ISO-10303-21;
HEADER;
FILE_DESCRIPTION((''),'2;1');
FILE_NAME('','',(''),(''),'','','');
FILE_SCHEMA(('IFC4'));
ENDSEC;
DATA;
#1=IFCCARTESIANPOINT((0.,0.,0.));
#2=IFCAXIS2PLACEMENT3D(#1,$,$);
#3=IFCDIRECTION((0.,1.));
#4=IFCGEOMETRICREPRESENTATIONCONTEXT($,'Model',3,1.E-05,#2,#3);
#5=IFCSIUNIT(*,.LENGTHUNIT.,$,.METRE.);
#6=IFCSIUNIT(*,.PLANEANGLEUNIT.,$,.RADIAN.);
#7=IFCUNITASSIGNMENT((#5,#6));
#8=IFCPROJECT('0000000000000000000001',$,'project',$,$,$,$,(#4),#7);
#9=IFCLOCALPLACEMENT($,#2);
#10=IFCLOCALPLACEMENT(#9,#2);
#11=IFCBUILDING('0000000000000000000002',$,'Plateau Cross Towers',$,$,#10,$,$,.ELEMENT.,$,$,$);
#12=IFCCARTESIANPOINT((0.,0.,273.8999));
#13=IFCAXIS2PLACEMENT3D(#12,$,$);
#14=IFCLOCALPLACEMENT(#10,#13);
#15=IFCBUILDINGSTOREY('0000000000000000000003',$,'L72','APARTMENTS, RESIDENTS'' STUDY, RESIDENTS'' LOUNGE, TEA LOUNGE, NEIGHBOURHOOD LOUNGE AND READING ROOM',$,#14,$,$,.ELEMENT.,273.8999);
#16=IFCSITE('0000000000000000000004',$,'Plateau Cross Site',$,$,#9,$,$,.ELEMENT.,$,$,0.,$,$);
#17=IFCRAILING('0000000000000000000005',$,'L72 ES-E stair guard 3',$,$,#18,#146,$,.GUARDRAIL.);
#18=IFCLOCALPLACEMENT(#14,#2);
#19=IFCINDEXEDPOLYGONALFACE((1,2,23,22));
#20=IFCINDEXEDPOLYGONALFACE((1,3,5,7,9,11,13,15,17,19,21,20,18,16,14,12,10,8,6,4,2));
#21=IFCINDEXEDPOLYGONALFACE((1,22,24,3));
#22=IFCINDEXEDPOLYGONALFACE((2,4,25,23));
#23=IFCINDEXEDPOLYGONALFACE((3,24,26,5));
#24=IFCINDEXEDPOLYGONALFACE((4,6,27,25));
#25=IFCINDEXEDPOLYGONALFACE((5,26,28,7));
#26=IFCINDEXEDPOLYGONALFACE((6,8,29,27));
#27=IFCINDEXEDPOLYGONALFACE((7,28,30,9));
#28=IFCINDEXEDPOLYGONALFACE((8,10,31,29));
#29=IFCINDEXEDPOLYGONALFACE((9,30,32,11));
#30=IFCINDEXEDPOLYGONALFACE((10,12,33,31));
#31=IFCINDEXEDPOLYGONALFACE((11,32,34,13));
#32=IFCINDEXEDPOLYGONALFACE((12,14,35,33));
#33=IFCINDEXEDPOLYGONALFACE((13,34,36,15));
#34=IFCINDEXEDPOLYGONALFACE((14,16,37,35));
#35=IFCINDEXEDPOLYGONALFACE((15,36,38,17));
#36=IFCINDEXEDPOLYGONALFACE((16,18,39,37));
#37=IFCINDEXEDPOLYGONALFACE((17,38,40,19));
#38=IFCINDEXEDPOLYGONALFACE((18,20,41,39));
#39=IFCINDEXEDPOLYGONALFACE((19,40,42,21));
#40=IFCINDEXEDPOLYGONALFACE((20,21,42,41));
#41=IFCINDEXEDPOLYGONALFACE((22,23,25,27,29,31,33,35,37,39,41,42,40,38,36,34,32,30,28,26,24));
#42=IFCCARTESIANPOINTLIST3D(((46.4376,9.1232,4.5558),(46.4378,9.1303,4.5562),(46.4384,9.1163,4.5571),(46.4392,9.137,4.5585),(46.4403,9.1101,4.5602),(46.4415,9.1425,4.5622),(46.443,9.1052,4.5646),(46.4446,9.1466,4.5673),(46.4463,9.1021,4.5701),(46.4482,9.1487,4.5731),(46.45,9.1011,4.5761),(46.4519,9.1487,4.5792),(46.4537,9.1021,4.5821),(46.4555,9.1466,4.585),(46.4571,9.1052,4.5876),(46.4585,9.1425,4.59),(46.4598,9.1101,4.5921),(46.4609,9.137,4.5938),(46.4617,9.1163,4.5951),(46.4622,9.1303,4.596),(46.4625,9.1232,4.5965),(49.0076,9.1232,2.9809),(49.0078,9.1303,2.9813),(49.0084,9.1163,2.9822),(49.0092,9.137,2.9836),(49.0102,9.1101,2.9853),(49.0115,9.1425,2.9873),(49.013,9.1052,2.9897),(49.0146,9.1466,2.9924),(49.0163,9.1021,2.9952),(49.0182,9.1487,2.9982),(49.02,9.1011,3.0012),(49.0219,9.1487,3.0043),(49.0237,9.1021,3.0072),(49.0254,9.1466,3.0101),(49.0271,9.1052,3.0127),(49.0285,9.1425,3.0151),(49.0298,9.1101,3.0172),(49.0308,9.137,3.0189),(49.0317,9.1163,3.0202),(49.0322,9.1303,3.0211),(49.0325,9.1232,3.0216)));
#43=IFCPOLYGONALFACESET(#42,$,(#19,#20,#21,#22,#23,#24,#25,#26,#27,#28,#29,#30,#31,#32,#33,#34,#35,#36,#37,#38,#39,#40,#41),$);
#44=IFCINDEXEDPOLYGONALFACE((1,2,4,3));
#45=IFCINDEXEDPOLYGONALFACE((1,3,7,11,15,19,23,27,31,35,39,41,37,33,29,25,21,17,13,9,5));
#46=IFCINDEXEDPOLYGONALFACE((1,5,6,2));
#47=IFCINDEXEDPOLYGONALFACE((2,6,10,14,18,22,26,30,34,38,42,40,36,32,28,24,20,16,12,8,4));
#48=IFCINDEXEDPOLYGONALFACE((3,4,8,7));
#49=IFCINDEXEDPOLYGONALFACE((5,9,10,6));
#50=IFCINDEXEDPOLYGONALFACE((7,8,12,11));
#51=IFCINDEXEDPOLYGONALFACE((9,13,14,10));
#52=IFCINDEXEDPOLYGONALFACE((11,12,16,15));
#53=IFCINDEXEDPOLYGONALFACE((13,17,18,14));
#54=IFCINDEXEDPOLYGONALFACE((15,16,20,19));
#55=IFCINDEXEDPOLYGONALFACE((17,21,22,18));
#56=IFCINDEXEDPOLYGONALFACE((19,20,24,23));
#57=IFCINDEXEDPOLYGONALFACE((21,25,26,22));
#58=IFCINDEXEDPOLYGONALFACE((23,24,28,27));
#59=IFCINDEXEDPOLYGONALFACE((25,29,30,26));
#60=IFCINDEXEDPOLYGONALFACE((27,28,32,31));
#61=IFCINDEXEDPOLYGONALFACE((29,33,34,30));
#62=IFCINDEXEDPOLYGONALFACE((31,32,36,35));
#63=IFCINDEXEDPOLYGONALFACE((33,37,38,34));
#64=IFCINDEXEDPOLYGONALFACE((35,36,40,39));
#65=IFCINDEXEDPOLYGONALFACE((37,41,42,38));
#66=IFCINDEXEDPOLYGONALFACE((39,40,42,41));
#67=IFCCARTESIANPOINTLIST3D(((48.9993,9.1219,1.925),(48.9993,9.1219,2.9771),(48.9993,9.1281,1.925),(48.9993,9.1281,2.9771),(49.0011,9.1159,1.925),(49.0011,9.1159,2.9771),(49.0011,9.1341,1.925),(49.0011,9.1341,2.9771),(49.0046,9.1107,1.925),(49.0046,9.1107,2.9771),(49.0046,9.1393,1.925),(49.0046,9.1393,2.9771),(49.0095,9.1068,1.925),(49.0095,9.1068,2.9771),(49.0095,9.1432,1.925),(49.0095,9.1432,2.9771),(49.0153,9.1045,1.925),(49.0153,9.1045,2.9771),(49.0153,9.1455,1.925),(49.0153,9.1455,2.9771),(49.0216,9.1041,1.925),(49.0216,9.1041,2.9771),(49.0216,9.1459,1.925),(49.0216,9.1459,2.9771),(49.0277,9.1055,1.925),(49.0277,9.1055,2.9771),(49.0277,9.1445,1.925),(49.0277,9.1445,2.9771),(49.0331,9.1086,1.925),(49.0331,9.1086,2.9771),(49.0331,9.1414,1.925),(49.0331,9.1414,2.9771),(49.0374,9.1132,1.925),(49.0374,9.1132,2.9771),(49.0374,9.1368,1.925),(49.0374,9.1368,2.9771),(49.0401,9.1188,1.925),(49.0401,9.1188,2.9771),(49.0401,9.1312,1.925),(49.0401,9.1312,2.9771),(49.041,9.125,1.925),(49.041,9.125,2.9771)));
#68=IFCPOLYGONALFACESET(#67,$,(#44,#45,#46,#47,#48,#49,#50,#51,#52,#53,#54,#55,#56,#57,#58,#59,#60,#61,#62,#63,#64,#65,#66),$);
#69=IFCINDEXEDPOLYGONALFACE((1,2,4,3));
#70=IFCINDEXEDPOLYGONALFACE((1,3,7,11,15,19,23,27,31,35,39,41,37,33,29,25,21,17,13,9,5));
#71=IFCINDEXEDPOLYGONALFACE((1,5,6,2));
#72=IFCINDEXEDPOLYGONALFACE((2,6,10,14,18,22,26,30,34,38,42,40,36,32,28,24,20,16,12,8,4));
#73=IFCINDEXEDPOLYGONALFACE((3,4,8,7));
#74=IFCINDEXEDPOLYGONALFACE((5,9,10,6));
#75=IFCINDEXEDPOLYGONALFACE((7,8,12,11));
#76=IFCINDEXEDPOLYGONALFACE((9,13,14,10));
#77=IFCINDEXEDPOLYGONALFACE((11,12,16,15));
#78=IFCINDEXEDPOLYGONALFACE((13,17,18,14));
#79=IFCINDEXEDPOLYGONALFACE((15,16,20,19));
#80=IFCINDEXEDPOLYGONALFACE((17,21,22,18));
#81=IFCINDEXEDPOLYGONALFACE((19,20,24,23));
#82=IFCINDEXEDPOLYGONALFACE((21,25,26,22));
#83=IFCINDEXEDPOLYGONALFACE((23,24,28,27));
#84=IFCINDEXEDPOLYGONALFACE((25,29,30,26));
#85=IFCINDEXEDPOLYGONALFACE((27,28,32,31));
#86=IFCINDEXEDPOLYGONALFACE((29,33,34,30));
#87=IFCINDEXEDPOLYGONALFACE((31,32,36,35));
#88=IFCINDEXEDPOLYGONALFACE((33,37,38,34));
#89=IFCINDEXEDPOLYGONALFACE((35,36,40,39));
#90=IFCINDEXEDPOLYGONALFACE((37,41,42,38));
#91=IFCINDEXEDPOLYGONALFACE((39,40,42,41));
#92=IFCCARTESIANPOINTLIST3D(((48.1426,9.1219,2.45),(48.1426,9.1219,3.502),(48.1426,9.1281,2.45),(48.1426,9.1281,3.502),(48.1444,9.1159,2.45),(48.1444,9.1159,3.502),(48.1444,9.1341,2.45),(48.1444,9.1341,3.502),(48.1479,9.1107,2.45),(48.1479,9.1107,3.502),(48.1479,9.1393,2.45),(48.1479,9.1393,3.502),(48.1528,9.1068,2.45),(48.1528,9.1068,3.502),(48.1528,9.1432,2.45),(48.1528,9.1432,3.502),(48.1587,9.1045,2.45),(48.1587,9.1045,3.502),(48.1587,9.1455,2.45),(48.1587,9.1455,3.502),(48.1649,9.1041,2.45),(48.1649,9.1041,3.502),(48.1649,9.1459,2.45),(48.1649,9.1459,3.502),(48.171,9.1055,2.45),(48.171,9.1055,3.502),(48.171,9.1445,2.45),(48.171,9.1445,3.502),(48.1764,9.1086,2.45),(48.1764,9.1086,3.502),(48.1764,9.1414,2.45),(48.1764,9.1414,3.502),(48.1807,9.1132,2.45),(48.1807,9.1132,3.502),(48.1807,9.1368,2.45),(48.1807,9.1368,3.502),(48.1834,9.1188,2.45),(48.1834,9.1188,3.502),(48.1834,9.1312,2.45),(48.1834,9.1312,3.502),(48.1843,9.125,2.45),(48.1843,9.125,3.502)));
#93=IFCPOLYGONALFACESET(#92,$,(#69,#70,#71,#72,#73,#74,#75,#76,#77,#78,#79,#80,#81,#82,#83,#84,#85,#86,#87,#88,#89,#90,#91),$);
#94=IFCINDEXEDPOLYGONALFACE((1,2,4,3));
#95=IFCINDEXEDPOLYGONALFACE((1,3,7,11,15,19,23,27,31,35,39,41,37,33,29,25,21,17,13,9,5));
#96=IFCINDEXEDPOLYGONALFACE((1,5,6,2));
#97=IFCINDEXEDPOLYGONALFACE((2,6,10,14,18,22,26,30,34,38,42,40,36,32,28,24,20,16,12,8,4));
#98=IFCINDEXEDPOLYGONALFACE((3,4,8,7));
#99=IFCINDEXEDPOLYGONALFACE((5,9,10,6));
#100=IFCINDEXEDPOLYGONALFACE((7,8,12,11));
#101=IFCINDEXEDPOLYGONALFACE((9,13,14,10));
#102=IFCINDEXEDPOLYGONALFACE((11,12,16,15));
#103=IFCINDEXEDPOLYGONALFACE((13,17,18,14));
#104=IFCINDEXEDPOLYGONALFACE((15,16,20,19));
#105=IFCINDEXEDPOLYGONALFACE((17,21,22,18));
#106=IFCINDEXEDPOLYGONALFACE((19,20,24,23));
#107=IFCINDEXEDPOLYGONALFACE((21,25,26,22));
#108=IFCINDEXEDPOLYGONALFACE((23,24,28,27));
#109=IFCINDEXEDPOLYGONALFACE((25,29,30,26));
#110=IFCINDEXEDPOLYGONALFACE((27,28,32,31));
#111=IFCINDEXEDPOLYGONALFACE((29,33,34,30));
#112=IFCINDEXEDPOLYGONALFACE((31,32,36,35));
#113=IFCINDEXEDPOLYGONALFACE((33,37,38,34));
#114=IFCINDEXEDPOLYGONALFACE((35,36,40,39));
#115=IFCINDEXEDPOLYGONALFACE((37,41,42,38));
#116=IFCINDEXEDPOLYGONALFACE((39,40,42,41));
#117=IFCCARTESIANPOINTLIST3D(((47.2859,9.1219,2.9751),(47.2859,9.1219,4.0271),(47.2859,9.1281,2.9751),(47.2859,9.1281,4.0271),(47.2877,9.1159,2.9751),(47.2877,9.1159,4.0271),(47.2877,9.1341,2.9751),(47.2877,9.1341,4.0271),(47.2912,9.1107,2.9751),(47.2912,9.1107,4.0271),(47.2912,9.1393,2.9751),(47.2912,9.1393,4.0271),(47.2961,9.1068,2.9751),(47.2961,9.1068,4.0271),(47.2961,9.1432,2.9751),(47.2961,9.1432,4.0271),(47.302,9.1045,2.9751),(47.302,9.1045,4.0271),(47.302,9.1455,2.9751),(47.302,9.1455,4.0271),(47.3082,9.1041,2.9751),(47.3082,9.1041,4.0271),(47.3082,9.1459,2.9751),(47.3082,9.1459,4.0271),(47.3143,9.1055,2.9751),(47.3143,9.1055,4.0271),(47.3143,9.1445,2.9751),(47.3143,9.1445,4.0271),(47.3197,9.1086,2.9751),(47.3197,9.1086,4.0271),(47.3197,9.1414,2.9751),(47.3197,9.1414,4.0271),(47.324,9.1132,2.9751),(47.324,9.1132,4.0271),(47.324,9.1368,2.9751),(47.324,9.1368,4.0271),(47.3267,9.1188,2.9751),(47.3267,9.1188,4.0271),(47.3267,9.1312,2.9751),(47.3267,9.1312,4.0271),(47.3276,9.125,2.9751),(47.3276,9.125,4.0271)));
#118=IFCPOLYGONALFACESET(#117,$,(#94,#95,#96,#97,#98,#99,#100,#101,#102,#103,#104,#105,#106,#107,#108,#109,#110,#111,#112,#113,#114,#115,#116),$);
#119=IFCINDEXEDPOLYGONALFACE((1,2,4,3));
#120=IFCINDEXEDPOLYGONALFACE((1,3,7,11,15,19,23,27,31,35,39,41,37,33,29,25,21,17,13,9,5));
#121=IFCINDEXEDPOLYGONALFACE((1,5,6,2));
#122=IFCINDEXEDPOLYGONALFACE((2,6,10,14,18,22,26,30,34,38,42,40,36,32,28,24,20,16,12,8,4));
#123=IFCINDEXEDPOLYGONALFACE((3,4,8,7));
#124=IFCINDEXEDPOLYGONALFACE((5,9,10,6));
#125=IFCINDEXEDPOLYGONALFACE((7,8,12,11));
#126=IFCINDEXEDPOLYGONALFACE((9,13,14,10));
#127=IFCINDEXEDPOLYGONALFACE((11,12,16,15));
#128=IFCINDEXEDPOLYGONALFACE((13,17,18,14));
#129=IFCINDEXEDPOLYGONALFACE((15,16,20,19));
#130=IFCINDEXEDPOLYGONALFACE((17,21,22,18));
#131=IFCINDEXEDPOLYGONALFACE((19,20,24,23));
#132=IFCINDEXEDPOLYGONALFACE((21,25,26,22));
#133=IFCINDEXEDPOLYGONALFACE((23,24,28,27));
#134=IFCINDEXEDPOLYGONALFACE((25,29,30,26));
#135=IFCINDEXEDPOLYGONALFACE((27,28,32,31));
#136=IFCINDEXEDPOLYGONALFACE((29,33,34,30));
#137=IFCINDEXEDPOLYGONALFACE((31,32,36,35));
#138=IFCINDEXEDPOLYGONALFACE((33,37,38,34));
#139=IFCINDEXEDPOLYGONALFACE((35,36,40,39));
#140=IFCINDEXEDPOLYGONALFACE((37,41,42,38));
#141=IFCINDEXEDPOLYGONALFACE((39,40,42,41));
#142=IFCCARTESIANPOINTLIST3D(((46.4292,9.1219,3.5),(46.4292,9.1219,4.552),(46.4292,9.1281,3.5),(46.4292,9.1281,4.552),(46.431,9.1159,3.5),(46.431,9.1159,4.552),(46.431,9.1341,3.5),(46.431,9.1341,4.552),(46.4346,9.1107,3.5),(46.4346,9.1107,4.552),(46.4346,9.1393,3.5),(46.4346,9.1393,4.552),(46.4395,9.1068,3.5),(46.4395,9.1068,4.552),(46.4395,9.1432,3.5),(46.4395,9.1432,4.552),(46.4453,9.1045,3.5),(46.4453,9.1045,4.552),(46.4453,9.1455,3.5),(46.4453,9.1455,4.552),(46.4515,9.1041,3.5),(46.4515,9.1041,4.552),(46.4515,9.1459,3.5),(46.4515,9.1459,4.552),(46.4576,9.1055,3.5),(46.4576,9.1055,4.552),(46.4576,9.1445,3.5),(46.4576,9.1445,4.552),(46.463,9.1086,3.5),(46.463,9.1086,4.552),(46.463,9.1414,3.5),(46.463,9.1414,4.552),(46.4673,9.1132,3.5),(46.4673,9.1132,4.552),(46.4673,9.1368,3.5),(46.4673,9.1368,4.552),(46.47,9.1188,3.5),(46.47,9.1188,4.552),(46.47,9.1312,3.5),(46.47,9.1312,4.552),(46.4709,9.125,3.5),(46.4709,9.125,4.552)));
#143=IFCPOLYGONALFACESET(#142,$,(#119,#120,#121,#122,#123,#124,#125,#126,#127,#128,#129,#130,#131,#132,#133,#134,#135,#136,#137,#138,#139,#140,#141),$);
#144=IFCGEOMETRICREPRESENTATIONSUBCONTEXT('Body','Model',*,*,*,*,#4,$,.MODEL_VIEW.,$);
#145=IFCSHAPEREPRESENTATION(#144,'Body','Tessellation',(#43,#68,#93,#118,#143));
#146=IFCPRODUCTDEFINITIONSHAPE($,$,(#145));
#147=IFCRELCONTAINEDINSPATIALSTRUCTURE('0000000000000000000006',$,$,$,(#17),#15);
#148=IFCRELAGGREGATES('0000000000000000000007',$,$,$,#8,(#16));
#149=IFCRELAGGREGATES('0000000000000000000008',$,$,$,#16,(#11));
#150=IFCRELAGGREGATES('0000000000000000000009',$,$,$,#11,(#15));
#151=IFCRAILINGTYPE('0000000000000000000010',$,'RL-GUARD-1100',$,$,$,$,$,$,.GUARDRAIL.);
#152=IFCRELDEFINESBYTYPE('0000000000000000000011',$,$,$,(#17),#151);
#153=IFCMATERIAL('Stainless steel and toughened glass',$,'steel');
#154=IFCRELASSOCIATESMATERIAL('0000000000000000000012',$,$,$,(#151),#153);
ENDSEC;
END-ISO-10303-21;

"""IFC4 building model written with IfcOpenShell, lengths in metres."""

from ifc_helpers import new_model, si_unit, direction, frame, origin, origin_2d, place, context, subcontext, project, spatial, circle, extrude, material, type_object, element, save


model = new_model("IFC4")

# Units and contexts
model_context = context("Model", 3, precision=1e-05, world=origin(), true_north=direction((0.0, 1.0)))
body_context = subcontext(model_context, "Body", "Model", "MODEL_VIEW")
ifc_project = project(units=[si_unit("LENGTHUNIT", "METRE"), si_unit("PLANEANGLEUNIT", "RADIAN")], contexts=[model_context])

# Site, building, storey
site_placement = place(None, origin())
site = spatial("IfcSite", under=ifc_project, at=site_placement, Name="Plateau Cross Site", CompositionType="ELEMENT", RefElevation=0.0)
building_placement = place(site_placement, origin())
building = spatial("IfcBuilding", under=site, at=building_placement, Name="Plateau Cross Towers", CompositionType="ELEMENT")
storey_placement = place(building_placement, frame((0.0, 0.0, 273.8999)))
storey = spatial("IfcBuildingStorey", under=building, at=storey_placement, Name="L72", Description="APARTMENTS, RESIDENTS' STUDY, RESIDENTS' LOUNGE, TEA LOUNGE, NEIGHBOURHOOD LOUNGE AND READING ROOM", CompositionType="ELEMENT", Elevation=273.8999)

# Railing
ifc_material_1 = material(Name="Stainless steel and toughened glass", Category="steel")
railing_type_1 = type_object("IfcRailingType", Name="RL-GUARD-1100", PredefinedType="GUARDRAIL", material=ifc_material_1)
railing_1_placement = place(storey_placement, frame((49.02, 9.125, 1.925)))
element("IfcRailing", 1, at=railing_1_placement, inside=storey, type_object=railing_type_1, Name="L72 ES-E stair guard 3", PredefinedType="GUARDRAIL", context=body_context, shape_type="SweptSolid", body=[
    extrude(circle(Radius=0.0239, at=origin_2d()), frame((0.0, 0.0, 1.0762), z_axis=(-0.852639, 0.0, 0.522501), x_axis=(0.0, -1.0, 0.0)), (0.0, 0.0, 1.0), 3.0142),
    extrude(circle(Radius=0.021, at=origin_2d()), origin(), (0.0, 0.0, 1.0), 1.052),
    extrude(circle(Radius=0.021, at=origin_2d()), frame((-0.8567, 0.0, 0.5249)), (0.0, 0.0, 1.0), 1.052),
    extrude(circle(Radius=0.021, at=origin_2d()), frame((-1.7134, 0.0, 1.05)), (0.0, 0.0, 1.0), 1.052),
    extrude(circle(Radius=0.021, at=origin_2d()), frame((-2.5701, 0.0, 1.575)), (0.0, 0.0, 1.0), 1.052),
])

save(model, "model.ifc")
